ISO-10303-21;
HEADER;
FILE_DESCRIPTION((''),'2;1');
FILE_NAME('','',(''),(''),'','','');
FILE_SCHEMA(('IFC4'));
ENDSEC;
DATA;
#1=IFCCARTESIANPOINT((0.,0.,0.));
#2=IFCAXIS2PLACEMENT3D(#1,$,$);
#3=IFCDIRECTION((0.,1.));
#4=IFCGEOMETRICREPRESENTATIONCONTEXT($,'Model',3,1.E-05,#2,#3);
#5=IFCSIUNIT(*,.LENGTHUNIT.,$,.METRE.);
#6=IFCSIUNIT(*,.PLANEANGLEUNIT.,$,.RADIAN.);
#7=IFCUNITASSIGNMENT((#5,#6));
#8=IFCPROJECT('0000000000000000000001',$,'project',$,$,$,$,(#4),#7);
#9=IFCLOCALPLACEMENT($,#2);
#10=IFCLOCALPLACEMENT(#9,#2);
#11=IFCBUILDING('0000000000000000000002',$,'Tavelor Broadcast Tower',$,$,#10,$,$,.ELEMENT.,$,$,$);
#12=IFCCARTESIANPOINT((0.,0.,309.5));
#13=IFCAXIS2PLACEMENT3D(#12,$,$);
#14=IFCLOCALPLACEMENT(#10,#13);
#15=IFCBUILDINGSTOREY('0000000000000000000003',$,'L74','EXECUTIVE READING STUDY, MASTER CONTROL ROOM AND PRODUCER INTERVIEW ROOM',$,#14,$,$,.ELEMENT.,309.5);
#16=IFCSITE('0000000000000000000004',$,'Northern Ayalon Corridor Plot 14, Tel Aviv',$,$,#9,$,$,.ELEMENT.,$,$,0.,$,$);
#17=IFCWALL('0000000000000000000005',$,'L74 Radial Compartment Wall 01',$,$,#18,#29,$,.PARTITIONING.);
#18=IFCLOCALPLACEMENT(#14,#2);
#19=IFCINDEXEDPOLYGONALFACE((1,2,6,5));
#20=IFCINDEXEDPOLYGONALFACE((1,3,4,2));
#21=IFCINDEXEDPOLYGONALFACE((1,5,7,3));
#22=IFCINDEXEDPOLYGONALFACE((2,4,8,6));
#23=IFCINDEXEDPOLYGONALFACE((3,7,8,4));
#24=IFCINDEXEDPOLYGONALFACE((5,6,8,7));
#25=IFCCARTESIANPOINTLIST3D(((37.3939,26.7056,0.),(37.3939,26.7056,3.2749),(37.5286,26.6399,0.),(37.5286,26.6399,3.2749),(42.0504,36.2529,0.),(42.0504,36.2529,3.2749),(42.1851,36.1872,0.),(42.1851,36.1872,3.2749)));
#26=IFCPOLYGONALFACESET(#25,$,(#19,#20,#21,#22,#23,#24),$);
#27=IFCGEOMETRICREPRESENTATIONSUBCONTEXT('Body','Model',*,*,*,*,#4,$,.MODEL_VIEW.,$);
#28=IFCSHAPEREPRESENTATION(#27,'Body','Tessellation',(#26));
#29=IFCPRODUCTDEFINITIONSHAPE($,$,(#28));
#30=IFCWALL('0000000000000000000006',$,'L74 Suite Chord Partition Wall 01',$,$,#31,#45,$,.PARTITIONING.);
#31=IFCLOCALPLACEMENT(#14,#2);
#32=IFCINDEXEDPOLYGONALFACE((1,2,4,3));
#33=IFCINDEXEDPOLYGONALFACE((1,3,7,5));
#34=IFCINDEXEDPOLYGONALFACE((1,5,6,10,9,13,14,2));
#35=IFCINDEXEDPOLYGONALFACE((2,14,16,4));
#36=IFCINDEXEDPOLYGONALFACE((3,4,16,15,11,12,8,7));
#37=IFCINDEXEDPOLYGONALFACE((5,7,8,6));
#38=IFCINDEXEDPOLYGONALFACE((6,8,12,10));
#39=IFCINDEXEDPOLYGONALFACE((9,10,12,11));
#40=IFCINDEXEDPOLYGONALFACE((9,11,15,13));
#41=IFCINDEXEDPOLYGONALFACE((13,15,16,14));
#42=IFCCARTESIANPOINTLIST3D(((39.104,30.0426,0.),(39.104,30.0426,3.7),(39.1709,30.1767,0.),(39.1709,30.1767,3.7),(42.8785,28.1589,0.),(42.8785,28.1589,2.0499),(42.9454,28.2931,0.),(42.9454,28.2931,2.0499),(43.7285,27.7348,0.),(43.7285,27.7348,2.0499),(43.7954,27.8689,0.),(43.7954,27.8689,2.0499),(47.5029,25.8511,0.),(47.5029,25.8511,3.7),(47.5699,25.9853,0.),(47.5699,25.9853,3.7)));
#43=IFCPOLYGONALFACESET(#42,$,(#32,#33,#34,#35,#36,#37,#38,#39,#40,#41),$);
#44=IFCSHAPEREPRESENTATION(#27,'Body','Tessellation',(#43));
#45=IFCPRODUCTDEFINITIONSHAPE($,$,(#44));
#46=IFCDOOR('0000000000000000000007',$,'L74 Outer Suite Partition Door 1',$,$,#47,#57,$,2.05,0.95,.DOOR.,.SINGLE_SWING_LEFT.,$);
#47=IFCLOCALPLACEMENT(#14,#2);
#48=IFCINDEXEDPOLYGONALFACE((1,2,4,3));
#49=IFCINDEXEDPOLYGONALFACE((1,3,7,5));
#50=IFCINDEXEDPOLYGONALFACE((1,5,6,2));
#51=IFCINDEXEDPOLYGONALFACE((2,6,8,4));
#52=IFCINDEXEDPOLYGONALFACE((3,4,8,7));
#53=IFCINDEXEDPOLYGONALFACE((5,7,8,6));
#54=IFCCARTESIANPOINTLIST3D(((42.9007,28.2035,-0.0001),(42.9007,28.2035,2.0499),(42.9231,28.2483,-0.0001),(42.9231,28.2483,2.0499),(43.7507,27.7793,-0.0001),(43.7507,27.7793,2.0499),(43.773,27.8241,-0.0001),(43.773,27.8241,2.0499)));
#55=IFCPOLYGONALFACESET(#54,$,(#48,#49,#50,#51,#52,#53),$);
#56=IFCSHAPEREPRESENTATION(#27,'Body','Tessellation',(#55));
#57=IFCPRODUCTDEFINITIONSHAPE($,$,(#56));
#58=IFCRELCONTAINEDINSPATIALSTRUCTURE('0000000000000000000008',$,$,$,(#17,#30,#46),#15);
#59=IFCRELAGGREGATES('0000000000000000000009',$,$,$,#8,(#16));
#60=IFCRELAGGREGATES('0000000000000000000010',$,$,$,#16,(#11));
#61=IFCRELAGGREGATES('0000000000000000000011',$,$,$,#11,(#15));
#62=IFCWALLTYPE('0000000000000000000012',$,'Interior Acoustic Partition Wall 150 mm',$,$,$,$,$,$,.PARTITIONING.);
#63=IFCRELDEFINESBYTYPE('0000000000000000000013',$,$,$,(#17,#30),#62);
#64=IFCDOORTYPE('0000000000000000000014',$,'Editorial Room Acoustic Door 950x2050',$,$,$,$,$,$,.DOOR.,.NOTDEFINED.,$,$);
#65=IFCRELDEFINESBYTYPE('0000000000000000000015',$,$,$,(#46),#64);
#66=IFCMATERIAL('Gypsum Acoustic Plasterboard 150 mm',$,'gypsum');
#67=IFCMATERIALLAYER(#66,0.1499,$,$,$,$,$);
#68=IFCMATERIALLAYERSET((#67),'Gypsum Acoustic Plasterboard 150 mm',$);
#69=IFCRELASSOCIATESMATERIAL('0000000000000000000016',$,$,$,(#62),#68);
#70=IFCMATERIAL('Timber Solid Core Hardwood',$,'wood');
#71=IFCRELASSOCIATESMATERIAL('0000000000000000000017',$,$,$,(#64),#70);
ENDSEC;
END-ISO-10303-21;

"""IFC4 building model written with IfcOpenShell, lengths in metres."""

from ifc_helpers import new_model, si_unit, direction, frame, frame_2d, origin, place, context, subcontext, project, spatial, rectangle, extrude, material, layer, layer_set, type_object, element, fill, save


model = new_model("IFC4")

# Units and contexts
model_context = context("Model", 3, precision=1e-05, world=origin(), true_north=direction((0.0, 1.0)))
body_context = subcontext(model_context, "Body", "Model", "MODEL_VIEW")
ifc_project = project(units=[si_unit("LENGTHUNIT", "METRE"), si_unit("PLANEANGLEUNIT", "RADIAN")], contexts=[model_context])

# Site, building, storey
site_placement = place(None, origin())
site = spatial("IfcSite", under=ifc_project, at=site_placement, Name="Northern Ayalon Corridor Plot 14, Tel Aviv", CompositionType="ELEMENT", RefElevation=0.0)
building_placement = place(site_placement, origin())
building = spatial("IfcBuilding", under=site, at=building_placement, Name="Tavelor Broadcast Tower", CompositionType="ELEMENT")
storey_placement = place(building_placement, frame((0.0, 0.0, 309.5)))
storey = spatial("IfcBuildingStorey", under=building, at=storey_placement, Name="L74", Description="EXECUTIVE READING STUDY, MASTER CONTROL ROOM AND PRODUCER INTERVIEW ROOM", CompositionType="ELEMENT", Elevation=309.5)

# Shared definitions
ifc_material_1 = material(Name="Timber Solid Core Hardwood", Category="wood")

# Wall
ifc_material_2 = material(Name="Gypsum Acoustic Plasterboard 150 mm", Category="gypsum")
ifc_layer_1 = layer(ifc_material_2, 0.1499)
ifc_layer_set_1 = layer_set([ifc_layer_1], Name="Gypsum Acoustic Plasterboard 150 mm")
wall_type_1 = type_object("IfcWallType", Name="Interior Acoustic Partition Wall 150 mm", PredefinedType="PARTITIONING", material=ifc_layer_set_1)
wall_1_placement = place(storey_placement, frame((42.1177, 36.22, 0.0), z_axis=(0.0, 0.0, 1.0), x_axis=(-0.438366, -0.898796, 0.0)))
element("IfcWall", 1, at=wall_1_placement, inside=storey, type_object=wall_type_1, Name="L74 Radial Compartment Wall 01", PredefinedType="PARTITIONING", context=body_context, shape_type="SweptSolid", body=[
    extrude(rectangle(XDim=10.6223, YDim=0.1499, at=frame_2d((5.311, 0.0))), origin(), (0.0, 0.0, 1.0), 3.2749),
])

# Wall, opening, door
wall_2_placement = place(storey_placement, frame((39.1375, 30.1096, 0.0), z_axis=(0.0, 0.0, 1.0), x_axis=(0.89477, -0.446527, 0.0)))
wall_2 = element("IfcWall", 2, at=wall_2_placement, inside=storey, type_object=wall_type_1, Name="L74 Suite Chord Partition Wall 01", PredefinedType="PARTITIONING", context=body_context, shape_type="SweptSolid", body=[
    extrude(rectangle(XDim=9.3867, YDim=0.1499, at=frame_2d((4.6934, 0.0))), origin(), (0.0, 0.0, 1.0), 3.7),
])
opening_1_placement = place(wall_2_placement, frame((4.2183, 0.0, 0.0)))
opening_1 = element("IfcOpeningElement", 3, at=opening_1_placement, cuts=wall_2, PredefinedType="OPENING", context=body_context, shape_type="SweptSolid", body=[
    extrude(rectangle(XDim=0.95, YDim=2.05, at=frame_2d((0.4751, 1.0249))), frame((0.0, 0.085, 0.0), z_axis=(0.0, -1.0, 0.0), x_axis=(1.0, 0.0, 0.0)), (0.0, 0.0, 1.0), 0.1699),
])
door_type_1 = type_object("IfcDoorType", Name="Editorial Room Acoustic Door 950x2050", OperationType="NOTDEFINED", PredefinedType="DOOR", material=ifc_material_1)
door_1_placement = place(opening_1_placement, origin())
door_1 = element("IfcDoor", 4, at=door_1_placement, inside=storey, type_object=door_type_1, Name="L74 Outer Suite Partition Door 1", OperationType="SINGLE_SWING_LEFT", OverallHeight=2.05, OverallWidth=0.95, PredefinedType="DOOR", context=body_context, shape_type="SweptSolid", body=[
    extrude(rectangle(XDim=0.95, YDim=2.05, at=frame_2d((0.4751, 1.0249))), frame((0.0, 0.0249, 0.0), z_axis=(0.0, -1.0, 0.0), x_axis=(1.0, 0.0, 0.0)), (0.0, 0.0, 1.0), 0.05),
])
fill(opening_1, door_1)

save(model, "model.ifc")
